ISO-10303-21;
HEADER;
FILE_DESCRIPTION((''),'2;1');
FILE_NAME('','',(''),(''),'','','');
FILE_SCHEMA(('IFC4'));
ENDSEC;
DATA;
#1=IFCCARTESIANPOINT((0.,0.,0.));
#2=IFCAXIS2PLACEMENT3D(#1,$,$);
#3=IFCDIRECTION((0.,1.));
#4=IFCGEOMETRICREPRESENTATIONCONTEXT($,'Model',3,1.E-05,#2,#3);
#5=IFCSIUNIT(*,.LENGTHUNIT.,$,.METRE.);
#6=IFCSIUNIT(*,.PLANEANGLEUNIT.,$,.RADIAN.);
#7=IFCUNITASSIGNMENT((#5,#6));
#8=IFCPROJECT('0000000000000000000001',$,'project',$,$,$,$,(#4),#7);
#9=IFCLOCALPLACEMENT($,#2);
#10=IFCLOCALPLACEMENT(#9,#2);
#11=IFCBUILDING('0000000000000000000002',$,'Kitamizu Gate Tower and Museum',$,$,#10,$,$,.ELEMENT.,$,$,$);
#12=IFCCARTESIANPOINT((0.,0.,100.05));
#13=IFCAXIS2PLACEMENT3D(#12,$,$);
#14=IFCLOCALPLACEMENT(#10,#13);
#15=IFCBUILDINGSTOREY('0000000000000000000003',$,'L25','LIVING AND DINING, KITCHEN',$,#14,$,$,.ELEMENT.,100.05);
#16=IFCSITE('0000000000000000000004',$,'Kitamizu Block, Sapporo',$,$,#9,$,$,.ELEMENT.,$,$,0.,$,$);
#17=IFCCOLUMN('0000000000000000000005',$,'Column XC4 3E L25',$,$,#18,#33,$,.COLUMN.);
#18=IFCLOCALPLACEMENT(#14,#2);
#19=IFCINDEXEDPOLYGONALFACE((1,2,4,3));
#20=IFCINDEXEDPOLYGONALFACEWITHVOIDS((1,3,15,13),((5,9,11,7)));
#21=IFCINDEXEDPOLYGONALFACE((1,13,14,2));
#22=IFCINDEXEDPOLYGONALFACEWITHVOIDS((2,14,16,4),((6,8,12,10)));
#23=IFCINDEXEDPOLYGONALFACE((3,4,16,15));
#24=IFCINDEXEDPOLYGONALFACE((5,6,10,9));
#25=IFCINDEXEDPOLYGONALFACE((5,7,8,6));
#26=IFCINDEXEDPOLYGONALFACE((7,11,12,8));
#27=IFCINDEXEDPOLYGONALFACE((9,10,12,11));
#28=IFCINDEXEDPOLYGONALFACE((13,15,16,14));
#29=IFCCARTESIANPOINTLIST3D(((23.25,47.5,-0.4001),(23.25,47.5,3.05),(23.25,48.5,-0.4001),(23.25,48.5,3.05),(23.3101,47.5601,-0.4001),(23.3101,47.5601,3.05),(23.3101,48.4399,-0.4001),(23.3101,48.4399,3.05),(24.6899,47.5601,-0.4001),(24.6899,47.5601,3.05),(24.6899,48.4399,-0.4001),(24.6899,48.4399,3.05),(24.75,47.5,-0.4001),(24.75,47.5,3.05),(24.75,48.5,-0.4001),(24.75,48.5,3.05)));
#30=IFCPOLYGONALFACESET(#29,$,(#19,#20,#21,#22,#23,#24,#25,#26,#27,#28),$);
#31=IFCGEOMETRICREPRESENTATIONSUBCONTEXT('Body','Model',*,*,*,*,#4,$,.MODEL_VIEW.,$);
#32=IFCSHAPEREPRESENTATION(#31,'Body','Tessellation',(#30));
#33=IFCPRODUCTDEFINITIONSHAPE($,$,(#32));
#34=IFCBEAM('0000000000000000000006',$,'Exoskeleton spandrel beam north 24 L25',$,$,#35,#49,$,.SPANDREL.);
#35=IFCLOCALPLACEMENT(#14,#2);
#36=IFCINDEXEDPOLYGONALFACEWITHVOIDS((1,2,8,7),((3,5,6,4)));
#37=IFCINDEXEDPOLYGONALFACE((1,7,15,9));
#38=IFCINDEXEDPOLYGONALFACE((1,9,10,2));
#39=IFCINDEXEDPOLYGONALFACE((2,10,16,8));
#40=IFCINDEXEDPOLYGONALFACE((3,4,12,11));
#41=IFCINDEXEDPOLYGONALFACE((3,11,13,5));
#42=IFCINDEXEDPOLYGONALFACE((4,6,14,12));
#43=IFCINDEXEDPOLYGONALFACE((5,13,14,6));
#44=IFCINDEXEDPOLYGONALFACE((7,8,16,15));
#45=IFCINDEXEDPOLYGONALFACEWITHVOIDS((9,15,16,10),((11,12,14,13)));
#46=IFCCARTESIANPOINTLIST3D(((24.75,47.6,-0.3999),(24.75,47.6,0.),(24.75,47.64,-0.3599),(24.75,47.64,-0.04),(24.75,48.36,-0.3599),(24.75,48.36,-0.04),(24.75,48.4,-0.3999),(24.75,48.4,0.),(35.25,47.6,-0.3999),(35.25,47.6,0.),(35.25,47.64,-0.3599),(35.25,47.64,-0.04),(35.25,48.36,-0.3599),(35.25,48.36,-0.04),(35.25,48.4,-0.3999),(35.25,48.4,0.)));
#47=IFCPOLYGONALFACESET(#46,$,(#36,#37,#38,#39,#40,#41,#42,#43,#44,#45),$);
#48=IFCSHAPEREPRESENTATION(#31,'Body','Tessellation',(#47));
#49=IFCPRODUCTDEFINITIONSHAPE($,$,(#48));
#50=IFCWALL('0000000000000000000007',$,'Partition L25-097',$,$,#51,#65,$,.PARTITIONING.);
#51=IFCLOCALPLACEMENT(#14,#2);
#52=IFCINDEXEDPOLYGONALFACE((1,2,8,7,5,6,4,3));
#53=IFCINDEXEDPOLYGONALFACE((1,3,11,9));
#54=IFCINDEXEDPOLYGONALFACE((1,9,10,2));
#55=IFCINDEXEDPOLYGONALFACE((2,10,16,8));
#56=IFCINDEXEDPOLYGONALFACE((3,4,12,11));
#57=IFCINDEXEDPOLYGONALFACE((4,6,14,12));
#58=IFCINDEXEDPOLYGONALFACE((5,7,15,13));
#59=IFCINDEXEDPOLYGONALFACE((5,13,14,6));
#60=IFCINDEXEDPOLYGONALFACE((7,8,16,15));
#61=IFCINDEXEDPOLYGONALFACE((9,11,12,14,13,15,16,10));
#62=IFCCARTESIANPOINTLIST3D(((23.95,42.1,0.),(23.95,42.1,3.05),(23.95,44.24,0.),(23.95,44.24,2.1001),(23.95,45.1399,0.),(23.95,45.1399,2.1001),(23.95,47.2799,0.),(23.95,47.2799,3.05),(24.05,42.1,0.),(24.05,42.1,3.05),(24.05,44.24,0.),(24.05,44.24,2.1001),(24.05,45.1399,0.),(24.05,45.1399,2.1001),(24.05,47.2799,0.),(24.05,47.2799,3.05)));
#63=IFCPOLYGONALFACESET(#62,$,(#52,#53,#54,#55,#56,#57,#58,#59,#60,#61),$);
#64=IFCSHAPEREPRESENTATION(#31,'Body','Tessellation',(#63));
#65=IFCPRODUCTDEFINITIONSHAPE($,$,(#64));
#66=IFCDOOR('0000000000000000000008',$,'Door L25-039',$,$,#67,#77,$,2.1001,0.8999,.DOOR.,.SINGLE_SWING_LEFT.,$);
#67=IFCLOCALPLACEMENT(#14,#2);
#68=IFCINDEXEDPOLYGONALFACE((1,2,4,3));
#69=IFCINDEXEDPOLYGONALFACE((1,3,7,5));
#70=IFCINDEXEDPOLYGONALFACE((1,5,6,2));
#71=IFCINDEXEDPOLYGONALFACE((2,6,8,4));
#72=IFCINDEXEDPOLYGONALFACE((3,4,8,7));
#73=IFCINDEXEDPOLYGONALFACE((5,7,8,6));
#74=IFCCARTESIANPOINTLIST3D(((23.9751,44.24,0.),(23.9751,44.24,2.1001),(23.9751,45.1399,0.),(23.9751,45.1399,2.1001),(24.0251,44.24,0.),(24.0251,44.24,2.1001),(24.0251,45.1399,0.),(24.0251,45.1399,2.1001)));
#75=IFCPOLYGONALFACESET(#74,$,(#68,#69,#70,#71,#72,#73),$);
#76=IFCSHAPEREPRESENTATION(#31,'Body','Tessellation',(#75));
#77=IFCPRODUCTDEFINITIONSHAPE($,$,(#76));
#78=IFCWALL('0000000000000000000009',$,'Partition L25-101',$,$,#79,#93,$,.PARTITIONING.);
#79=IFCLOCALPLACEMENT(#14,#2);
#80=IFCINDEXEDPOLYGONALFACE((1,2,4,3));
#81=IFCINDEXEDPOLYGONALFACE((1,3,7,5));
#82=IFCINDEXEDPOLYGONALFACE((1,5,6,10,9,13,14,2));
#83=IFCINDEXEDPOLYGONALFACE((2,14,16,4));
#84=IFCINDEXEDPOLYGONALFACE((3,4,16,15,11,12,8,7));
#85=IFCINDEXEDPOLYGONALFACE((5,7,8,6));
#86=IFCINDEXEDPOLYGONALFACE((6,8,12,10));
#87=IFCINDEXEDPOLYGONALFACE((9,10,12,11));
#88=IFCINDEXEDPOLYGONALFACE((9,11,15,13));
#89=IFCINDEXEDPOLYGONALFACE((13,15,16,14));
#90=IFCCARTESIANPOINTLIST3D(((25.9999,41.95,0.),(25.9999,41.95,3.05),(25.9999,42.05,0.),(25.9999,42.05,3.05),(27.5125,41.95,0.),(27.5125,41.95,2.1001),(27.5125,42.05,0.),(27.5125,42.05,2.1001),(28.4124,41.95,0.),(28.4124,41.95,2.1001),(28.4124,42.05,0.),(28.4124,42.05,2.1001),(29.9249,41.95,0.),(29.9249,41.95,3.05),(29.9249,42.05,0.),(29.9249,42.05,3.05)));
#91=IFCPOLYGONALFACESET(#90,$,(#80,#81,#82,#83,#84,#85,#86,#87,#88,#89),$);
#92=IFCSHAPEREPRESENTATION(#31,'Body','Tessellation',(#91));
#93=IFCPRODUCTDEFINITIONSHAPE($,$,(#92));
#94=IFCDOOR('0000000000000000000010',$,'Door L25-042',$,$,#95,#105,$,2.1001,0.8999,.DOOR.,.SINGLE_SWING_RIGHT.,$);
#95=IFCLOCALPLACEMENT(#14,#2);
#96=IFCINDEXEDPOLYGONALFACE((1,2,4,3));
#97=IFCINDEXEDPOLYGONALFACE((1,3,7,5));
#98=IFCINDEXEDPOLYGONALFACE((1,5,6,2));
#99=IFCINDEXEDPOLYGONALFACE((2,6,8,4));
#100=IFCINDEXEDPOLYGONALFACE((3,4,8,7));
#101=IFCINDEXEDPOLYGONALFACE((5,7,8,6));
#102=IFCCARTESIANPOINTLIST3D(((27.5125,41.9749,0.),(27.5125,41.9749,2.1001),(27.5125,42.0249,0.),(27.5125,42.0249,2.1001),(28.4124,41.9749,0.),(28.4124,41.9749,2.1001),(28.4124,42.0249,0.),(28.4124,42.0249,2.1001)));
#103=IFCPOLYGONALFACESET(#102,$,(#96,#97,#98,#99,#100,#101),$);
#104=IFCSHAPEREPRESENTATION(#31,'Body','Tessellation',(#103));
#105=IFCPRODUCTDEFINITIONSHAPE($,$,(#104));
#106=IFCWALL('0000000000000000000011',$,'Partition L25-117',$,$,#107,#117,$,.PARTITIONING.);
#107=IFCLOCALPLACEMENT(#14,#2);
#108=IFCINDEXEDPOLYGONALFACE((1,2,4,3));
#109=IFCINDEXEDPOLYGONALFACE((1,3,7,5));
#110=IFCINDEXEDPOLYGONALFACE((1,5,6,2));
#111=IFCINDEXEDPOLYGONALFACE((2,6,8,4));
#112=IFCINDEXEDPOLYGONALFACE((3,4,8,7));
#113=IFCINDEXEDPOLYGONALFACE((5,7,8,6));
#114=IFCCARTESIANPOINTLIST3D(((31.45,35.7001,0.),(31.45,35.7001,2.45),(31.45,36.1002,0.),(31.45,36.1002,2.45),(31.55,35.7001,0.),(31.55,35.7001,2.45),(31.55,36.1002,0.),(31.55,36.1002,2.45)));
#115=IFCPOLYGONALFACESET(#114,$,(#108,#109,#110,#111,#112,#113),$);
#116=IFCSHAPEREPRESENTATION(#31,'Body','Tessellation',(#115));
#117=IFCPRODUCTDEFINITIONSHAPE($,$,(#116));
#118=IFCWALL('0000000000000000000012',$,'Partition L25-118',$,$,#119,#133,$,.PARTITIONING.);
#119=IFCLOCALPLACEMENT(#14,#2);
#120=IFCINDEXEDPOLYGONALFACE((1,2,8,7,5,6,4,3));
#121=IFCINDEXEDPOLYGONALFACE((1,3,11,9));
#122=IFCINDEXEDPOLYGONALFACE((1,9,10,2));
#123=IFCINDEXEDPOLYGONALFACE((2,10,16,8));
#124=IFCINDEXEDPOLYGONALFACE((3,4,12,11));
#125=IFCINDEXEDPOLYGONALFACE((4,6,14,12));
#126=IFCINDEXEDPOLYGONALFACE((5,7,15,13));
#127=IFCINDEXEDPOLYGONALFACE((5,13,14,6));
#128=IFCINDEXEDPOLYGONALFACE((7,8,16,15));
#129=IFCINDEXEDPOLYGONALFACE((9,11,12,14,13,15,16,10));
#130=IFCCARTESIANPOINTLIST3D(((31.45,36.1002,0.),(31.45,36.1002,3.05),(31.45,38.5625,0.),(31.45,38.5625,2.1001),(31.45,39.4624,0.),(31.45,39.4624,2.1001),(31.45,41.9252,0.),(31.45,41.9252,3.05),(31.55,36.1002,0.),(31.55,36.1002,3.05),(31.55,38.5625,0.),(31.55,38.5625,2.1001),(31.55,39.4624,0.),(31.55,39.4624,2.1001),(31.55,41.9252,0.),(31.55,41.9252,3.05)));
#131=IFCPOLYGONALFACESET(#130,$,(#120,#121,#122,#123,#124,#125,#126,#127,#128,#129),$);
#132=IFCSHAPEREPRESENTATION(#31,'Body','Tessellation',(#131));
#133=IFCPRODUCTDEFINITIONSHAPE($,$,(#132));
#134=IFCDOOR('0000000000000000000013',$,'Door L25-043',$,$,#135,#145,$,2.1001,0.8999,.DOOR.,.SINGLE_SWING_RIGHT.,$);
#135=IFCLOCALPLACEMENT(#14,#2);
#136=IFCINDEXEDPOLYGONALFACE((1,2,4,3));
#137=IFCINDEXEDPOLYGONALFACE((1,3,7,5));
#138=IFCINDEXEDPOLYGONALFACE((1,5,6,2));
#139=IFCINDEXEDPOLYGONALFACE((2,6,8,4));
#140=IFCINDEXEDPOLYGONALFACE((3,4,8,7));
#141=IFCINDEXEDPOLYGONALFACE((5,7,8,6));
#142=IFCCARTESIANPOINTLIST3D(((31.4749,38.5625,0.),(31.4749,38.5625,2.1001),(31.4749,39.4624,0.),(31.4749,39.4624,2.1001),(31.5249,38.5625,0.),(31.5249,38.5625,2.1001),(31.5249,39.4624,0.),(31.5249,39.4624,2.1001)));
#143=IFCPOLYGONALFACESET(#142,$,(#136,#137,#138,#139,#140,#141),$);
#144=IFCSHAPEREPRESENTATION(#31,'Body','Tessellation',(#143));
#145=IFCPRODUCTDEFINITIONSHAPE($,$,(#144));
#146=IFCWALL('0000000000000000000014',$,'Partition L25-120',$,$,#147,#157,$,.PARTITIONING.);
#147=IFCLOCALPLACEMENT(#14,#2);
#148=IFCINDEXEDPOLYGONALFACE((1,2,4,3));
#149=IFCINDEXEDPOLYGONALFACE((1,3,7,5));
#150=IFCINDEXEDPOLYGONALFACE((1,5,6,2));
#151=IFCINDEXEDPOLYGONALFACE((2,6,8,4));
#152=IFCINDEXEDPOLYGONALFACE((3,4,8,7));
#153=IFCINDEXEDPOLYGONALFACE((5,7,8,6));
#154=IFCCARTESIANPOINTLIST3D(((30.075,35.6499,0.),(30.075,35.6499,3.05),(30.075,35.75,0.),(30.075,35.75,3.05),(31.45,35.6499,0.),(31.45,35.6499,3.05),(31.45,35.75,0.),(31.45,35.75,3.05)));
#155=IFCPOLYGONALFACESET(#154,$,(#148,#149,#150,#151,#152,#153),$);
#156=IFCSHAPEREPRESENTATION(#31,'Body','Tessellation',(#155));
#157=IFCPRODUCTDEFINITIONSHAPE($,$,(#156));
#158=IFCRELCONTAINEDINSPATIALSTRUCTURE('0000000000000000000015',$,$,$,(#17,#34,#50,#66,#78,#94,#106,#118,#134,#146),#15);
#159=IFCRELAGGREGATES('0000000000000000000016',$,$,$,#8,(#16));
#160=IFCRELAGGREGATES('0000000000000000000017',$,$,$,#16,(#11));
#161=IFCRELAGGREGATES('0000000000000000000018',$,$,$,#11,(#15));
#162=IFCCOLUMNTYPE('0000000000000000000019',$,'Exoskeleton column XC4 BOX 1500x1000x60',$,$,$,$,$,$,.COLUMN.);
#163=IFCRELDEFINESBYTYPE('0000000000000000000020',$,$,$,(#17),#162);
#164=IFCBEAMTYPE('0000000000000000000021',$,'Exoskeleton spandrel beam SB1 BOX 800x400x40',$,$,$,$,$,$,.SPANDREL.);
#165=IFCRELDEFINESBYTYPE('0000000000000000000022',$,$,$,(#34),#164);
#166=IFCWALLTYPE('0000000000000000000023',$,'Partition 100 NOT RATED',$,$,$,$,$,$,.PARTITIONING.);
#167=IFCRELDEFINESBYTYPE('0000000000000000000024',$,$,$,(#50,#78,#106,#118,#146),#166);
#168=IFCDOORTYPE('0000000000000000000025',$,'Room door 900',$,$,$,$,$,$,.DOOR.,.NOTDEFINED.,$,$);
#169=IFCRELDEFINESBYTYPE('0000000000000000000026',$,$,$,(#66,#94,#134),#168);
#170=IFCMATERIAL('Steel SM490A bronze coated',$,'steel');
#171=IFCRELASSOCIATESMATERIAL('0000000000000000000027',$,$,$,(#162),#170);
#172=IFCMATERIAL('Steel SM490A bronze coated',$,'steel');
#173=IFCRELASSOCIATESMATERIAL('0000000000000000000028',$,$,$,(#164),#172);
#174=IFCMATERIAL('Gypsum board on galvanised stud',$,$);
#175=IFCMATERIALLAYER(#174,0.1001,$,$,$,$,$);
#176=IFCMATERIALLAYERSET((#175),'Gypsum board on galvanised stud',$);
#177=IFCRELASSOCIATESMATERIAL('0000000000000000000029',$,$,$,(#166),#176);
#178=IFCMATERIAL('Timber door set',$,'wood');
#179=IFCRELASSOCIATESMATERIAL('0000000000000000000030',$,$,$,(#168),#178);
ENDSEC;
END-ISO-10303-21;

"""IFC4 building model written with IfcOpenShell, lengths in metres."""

from ifc_helpers import new_model, si_unit, direction, frame, frame_2d, origin, origin_2d, place, context, subcontext, project, spatial, rectangle, hollow_rectangle, extrude, material, layer, layer_set, material_profile, profile_set, type_object, element, fill, save


model = new_model("IFC4")

# Units and contexts
model_context = context("Model", 3, precision=1e-05, world=origin(), true_north=direction((0.0, 1.0)))
body_context = subcontext(model_context, "Body", "Model", "MODEL_VIEW")
ifc_project = project(units=[si_unit("LENGTHUNIT", "METRE"), si_unit("PLANEANGLEUNIT", "RADIAN")], contexts=[model_context])

# Site, building, storey
site_placement = place(None, origin())
site = spatial("IfcSite", under=ifc_project, at=site_placement, Name="Kitamizu Block, Sapporo", CompositionType="ELEMENT", RefElevation=0.0)
building_placement = place(site_placement, origin())
building = spatial("IfcBuilding", under=site, at=building_placement, Name="Kitamizu Gate Tower and Museum", CompositionType="ELEMENT")
storey_placement = place(building_placement, frame((0.0, 0.0, 100.05)))
storey = spatial("IfcBuildingStorey", under=building, at=storey_placement, Name="L25", Description="LIVING AND DINING, KITCHEN", CompositionType="ELEMENT", Elevation=100.05)

# Column
ifc_material_1 = material(Name="Steel SM490A bronze coated", Category="steel")
ifc_material_profile_1 = material_profile(ifc_material_1, hollow_rectangle(XDim=1.5, YDim=1.0, WallThickness=0.0601, at=origin_2d()), Name="BOX 1500x1000x60")
ifc_profile_set_1 = profile_set([ifc_material_profile_1], Name="Steel SM490A bronze coated")
column_type = type_object("IfcColumnType", Name="Exoskeleton column XC4 BOX 1500x1000x60", PredefinedType="COLUMN", material=ifc_profile_set_1)
column_placement = place(storey_placement, frame((24.0, 48.0, -0.4001), z_axis=(0.0, 0.0, 1.0), x_axis=(1.0, 0.0, 0.0)))
element("IfcColumn", 1, at=column_placement, inside=storey, type_object=column_type, Name="Column XC4 3E L25", PredefinedType="COLUMN", context=body_context, shape_type="SweptSolid", body=[
    extrude(hollow_rectangle(XDim=1.5, YDim=1.0, WallThickness=0.0601, at=origin_2d()), origin(), (0.0, 0.0, 1.0), 3.4502),
])

# Beam
ifc_material_2 = material(Name="Steel SM490A bronze coated", Category="steel")
ifc_material_profile_2 = material_profile(ifc_material_2, hollow_rectangle(XDim=0.8, YDim=0.3999, WallThickness=0.04, at=origin_2d()), Name="BOX 800x400x40")
ifc_profile_set_2 = profile_set([ifc_material_profile_2], Name="Steel SM490A bronze coated")
beam_type = type_object("IfcBeamType", Name="Exoskeleton spandrel beam SB1 BOX 800x400x40", PredefinedType="SPANDREL", material=ifc_profile_set_2)
beam_placement = place(storey_placement, frame((24.75, 48.0, -0.2), z_axis=(1.0, 0.0, 0.0), x_axis=(0.0, 1.0, 0.0)))
element("IfcBeam", 2, at=beam_placement, inside=storey, type_object=beam_type, Name="Exoskeleton spandrel beam north 24 L25", PredefinedType="SPANDREL", context=body_context, shape_type="SweptSolid", body=[
    extrude(hollow_rectangle(XDim=0.8, YDim=0.3999, WallThickness=0.04, at=origin_2d()), origin(), (0.0, 0.0, 1.0), 10.5),
])

# Walls, openings, doors
ifc_material_3 = material(Name="Gypsum board on galvanised stud")
ifc_layer_1 = layer(ifc_material_3, 0.1001)
ifc_layer_set_1 = layer_set([ifc_layer_1], Name="Gypsum board on galvanised stud")
wall_type_1 = type_object("IfcWallType", Name="Partition 100 NOT RATED", PredefinedType="PARTITIONING", material=ifc_layer_set_1)
wall_1_placement = place(storey_placement, frame((24.0, 42.1001, 0.0), z_axis=(0.0, 0.0, 1.0), x_axis=(0.0, 1.0, 0.0)))
wall_1 = element("IfcWall", 3, at=wall_1_placement, inside=storey, type_object=wall_type_1, Name="Partition L25-097", PredefinedType="PARTITIONING", context=body_context, shape_type="SweptSolid", body=[
    extrude(rectangle(XDim=5.1799, YDim=0.1001, at=frame_2d((2.5898, 0.0))), origin(), (0.0, 0.0, 1.0), 3.05),
])
opening_1_placement = place(wall_1_placement, frame((2.1399, 0.0, 0.0)))
opening_1 = element("IfcOpeningElement", 4, at=opening_1_placement, cuts=wall_1, PredefinedType="OPENING", context=body_context, shape_type="SweptSolid", body=[
    extrude(rectangle(XDim=0.8999, YDim=2.1001, at=frame_2d((0.45, 1.05))), frame((0.0, 0.0601, 0.0), z_axis=(0.0, -1.0, 0.0), x_axis=(1.0, 0.0, 0.0)), (0.0, 0.0, 1.0), 0.1201),
])
ifc_material_4 = material(Name="Timber door set", Category="wood")
door_type_1 = type_object("IfcDoorType", Name="Room door 900", OperationType="NOTDEFINED", PredefinedType="DOOR", material=ifc_material_4)
door_1_placement = place(opening_1_placement, origin())
door_1 = element("IfcDoor", 5, at=door_1_placement, inside=storey, type_object=door_type_1, Name="Door L25-039", OperationType="SINGLE_SWING_LEFT", OverallHeight=2.1001, OverallWidth=0.8999, PredefinedType="DOOR", context=body_context, shape_type="SweptSolid", body=[
    extrude(rectangle(XDim=0.8999, YDim=2.1001, at=frame_2d((0.45, 1.05))), frame((0.0, 0.0249, 0.0), z_axis=(0.0, -1.0, 0.0), x_axis=(1.0, 0.0, 0.0)), (0.0, 0.0, 1.0), 0.05),
])
fill(opening_1, door_1)
wall_2_placement = place(storey_placement, frame((26.0, 42.0, 0.0), z_axis=(0.0, 0.0, 1.0), x_axis=(1.0, 0.0, 0.0)))
wall_2 = element("IfcWall", 6, at=wall_2_placement, inside=storey, type_object=wall_type_1, Name="Partition L25-101", PredefinedType="PARTITIONING", context=body_context, shape_type="SweptSolid", body=[
    extrude(rectangle(XDim=3.925, YDim=0.1001, at=frame_2d((1.9624, 0.0))), origin(), (0.0, 0.0, 1.0), 3.05),
])
opening_2_placement = place(wall_2_placement, frame((1.5125, 0.0, 0.0)))
opening_2 = element("IfcOpeningElement", 7, at=opening_2_placement, cuts=wall_2, PredefinedType="OPENING", context=body_context, shape_type="SweptSolid", body=[
    extrude(rectangle(XDim=0.8999, YDim=2.1001, at=frame_2d((0.45, 1.05))), frame((0.0, 0.0601, 0.0), z_axis=(0.0, -1.0, 0.0), x_axis=(1.0, 0.0, 0.0)), (0.0, 0.0, 1.0), 0.1201),
])
door_2_placement = place(opening_2_placement, origin())
door_2 = element("IfcDoor", 8, at=door_2_placement, inside=storey, type_object=door_type_1, Name="Door L25-042", OperationType="SINGLE_SWING_RIGHT", OverallHeight=2.1001, OverallWidth=0.8999, PredefinedType="DOOR", context=body_context, shape_type="SweptSolid", body=[
    extrude(rectangle(XDim=0.8999, YDim=2.1001, at=frame_2d((0.45, 1.05))), frame((0.0, 0.0249, 0.0), z_axis=(0.0, -1.0, 0.0), x_axis=(1.0, 0.0, 0.0)), (0.0, 0.0, 1.0), 0.05),
])
fill(opening_2, door_2)

# Wall
wall_3_placement = place(storey_placement, frame((31.5, 35.7, 0.0), z_axis=(0.0, 0.0, 1.0), x_axis=(0.0, 1.0, 0.0)))
element("IfcWall", 9, at=wall_3_placement, inside=storey, type_object=wall_type_1, Name="Partition L25-117", PredefinedType="PARTITIONING", context=body_context, shape_type="SweptSolid", body=[
    extrude(rectangle(XDim=0.4001, YDim=0.1001, at=frame_2d((0.2002, 0.0))), origin(), (0.0, 0.0, 1.0), 2.45),
])

# Wall, opening, door
wall_4_placement = place(storey_placement, frame((31.5, 36.1001, 0.0), z_axis=(0.0, 0.0, 1.0), x_axis=(0.0, 1.0, 0.0)))
wall_4 = element("IfcWall", 10, at=wall_4_placement, inside=storey, type_object=wall_type_1, Name="Partition L25-118", PredefinedType="PARTITIONING", context=body_context, shape_type="SweptSolid", body=[
    extrude(rectangle(XDim=5.825, YDim=0.1001, at=frame_2d((2.9126, 0.0))), origin(), (0.0, 0.0, 1.0), 3.05),
])
opening_3_placement = place(wall_4_placement, frame((2.4624, 0.0, 0.0)))
opening_3 = element("IfcOpeningElement", 11, at=opening_3_placement, cuts=wall_4, PredefinedType="OPENING", context=body_context, shape_type="SweptSolid", body=[
    extrude(rectangle(XDim=0.8999, YDim=2.1001, at=frame_2d((0.45, 1.05))), frame((0.0, 0.0601, 0.0), z_axis=(0.0, -1.0, 0.0), x_axis=(1.0, 0.0, 0.0)), (0.0, 0.0, 1.0), 0.1201),
])
door_3_placement = place(opening_3_placement, frame((0.8999, 0.0, 0.0), x_axis=(-1.0, 0.0, 0.0)))
door_3 = element("IfcDoor", 12, at=door_3_placement, inside=storey, type_object=door_type_1, Name="Door L25-043", OperationType="SINGLE_SWING_RIGHT", OverallHeight=2.1001, OverallWidth=0.8999, PredefinedType="DOOR", context=body_context, shape_type="SweptSolid", body=[
    extrude(rectangle(XDim=0.8999, YDim=2.1001, at=frame_2d((0.45, 1.05))), frame((0.0, 0.0249, 0.0), z_axis=(0.0, -1.0, 0.0), x_axis=(1.0, 0.0, 0.0)), (0.0, 0.0, 1.0), 0.05),
])
fill(opening_3, door_3)

# Wall
wall_5_placement = place(storey_placement, frame((30.075, 35.7, 0.0), z_axis=(0.0, 0.0, 1.0), x_axis=(1.0, 0.0, 0.0)))
element("IfcWall", 13, at=wall_5_placement, inside=storey, type_object=wall_type_1, Name="Partition L25-120", PredefinedType="PARTITIONING", context=body_context, shape_type="SweptSolid", body=[
    extrude(rectangle(XDim=1.375, YDim=0.1001, at=frame_2d((0.6875, 0.0))), origin(), (0.0, 0.0, 1.0), 3.05),
])

save(model, "model.ifc")
